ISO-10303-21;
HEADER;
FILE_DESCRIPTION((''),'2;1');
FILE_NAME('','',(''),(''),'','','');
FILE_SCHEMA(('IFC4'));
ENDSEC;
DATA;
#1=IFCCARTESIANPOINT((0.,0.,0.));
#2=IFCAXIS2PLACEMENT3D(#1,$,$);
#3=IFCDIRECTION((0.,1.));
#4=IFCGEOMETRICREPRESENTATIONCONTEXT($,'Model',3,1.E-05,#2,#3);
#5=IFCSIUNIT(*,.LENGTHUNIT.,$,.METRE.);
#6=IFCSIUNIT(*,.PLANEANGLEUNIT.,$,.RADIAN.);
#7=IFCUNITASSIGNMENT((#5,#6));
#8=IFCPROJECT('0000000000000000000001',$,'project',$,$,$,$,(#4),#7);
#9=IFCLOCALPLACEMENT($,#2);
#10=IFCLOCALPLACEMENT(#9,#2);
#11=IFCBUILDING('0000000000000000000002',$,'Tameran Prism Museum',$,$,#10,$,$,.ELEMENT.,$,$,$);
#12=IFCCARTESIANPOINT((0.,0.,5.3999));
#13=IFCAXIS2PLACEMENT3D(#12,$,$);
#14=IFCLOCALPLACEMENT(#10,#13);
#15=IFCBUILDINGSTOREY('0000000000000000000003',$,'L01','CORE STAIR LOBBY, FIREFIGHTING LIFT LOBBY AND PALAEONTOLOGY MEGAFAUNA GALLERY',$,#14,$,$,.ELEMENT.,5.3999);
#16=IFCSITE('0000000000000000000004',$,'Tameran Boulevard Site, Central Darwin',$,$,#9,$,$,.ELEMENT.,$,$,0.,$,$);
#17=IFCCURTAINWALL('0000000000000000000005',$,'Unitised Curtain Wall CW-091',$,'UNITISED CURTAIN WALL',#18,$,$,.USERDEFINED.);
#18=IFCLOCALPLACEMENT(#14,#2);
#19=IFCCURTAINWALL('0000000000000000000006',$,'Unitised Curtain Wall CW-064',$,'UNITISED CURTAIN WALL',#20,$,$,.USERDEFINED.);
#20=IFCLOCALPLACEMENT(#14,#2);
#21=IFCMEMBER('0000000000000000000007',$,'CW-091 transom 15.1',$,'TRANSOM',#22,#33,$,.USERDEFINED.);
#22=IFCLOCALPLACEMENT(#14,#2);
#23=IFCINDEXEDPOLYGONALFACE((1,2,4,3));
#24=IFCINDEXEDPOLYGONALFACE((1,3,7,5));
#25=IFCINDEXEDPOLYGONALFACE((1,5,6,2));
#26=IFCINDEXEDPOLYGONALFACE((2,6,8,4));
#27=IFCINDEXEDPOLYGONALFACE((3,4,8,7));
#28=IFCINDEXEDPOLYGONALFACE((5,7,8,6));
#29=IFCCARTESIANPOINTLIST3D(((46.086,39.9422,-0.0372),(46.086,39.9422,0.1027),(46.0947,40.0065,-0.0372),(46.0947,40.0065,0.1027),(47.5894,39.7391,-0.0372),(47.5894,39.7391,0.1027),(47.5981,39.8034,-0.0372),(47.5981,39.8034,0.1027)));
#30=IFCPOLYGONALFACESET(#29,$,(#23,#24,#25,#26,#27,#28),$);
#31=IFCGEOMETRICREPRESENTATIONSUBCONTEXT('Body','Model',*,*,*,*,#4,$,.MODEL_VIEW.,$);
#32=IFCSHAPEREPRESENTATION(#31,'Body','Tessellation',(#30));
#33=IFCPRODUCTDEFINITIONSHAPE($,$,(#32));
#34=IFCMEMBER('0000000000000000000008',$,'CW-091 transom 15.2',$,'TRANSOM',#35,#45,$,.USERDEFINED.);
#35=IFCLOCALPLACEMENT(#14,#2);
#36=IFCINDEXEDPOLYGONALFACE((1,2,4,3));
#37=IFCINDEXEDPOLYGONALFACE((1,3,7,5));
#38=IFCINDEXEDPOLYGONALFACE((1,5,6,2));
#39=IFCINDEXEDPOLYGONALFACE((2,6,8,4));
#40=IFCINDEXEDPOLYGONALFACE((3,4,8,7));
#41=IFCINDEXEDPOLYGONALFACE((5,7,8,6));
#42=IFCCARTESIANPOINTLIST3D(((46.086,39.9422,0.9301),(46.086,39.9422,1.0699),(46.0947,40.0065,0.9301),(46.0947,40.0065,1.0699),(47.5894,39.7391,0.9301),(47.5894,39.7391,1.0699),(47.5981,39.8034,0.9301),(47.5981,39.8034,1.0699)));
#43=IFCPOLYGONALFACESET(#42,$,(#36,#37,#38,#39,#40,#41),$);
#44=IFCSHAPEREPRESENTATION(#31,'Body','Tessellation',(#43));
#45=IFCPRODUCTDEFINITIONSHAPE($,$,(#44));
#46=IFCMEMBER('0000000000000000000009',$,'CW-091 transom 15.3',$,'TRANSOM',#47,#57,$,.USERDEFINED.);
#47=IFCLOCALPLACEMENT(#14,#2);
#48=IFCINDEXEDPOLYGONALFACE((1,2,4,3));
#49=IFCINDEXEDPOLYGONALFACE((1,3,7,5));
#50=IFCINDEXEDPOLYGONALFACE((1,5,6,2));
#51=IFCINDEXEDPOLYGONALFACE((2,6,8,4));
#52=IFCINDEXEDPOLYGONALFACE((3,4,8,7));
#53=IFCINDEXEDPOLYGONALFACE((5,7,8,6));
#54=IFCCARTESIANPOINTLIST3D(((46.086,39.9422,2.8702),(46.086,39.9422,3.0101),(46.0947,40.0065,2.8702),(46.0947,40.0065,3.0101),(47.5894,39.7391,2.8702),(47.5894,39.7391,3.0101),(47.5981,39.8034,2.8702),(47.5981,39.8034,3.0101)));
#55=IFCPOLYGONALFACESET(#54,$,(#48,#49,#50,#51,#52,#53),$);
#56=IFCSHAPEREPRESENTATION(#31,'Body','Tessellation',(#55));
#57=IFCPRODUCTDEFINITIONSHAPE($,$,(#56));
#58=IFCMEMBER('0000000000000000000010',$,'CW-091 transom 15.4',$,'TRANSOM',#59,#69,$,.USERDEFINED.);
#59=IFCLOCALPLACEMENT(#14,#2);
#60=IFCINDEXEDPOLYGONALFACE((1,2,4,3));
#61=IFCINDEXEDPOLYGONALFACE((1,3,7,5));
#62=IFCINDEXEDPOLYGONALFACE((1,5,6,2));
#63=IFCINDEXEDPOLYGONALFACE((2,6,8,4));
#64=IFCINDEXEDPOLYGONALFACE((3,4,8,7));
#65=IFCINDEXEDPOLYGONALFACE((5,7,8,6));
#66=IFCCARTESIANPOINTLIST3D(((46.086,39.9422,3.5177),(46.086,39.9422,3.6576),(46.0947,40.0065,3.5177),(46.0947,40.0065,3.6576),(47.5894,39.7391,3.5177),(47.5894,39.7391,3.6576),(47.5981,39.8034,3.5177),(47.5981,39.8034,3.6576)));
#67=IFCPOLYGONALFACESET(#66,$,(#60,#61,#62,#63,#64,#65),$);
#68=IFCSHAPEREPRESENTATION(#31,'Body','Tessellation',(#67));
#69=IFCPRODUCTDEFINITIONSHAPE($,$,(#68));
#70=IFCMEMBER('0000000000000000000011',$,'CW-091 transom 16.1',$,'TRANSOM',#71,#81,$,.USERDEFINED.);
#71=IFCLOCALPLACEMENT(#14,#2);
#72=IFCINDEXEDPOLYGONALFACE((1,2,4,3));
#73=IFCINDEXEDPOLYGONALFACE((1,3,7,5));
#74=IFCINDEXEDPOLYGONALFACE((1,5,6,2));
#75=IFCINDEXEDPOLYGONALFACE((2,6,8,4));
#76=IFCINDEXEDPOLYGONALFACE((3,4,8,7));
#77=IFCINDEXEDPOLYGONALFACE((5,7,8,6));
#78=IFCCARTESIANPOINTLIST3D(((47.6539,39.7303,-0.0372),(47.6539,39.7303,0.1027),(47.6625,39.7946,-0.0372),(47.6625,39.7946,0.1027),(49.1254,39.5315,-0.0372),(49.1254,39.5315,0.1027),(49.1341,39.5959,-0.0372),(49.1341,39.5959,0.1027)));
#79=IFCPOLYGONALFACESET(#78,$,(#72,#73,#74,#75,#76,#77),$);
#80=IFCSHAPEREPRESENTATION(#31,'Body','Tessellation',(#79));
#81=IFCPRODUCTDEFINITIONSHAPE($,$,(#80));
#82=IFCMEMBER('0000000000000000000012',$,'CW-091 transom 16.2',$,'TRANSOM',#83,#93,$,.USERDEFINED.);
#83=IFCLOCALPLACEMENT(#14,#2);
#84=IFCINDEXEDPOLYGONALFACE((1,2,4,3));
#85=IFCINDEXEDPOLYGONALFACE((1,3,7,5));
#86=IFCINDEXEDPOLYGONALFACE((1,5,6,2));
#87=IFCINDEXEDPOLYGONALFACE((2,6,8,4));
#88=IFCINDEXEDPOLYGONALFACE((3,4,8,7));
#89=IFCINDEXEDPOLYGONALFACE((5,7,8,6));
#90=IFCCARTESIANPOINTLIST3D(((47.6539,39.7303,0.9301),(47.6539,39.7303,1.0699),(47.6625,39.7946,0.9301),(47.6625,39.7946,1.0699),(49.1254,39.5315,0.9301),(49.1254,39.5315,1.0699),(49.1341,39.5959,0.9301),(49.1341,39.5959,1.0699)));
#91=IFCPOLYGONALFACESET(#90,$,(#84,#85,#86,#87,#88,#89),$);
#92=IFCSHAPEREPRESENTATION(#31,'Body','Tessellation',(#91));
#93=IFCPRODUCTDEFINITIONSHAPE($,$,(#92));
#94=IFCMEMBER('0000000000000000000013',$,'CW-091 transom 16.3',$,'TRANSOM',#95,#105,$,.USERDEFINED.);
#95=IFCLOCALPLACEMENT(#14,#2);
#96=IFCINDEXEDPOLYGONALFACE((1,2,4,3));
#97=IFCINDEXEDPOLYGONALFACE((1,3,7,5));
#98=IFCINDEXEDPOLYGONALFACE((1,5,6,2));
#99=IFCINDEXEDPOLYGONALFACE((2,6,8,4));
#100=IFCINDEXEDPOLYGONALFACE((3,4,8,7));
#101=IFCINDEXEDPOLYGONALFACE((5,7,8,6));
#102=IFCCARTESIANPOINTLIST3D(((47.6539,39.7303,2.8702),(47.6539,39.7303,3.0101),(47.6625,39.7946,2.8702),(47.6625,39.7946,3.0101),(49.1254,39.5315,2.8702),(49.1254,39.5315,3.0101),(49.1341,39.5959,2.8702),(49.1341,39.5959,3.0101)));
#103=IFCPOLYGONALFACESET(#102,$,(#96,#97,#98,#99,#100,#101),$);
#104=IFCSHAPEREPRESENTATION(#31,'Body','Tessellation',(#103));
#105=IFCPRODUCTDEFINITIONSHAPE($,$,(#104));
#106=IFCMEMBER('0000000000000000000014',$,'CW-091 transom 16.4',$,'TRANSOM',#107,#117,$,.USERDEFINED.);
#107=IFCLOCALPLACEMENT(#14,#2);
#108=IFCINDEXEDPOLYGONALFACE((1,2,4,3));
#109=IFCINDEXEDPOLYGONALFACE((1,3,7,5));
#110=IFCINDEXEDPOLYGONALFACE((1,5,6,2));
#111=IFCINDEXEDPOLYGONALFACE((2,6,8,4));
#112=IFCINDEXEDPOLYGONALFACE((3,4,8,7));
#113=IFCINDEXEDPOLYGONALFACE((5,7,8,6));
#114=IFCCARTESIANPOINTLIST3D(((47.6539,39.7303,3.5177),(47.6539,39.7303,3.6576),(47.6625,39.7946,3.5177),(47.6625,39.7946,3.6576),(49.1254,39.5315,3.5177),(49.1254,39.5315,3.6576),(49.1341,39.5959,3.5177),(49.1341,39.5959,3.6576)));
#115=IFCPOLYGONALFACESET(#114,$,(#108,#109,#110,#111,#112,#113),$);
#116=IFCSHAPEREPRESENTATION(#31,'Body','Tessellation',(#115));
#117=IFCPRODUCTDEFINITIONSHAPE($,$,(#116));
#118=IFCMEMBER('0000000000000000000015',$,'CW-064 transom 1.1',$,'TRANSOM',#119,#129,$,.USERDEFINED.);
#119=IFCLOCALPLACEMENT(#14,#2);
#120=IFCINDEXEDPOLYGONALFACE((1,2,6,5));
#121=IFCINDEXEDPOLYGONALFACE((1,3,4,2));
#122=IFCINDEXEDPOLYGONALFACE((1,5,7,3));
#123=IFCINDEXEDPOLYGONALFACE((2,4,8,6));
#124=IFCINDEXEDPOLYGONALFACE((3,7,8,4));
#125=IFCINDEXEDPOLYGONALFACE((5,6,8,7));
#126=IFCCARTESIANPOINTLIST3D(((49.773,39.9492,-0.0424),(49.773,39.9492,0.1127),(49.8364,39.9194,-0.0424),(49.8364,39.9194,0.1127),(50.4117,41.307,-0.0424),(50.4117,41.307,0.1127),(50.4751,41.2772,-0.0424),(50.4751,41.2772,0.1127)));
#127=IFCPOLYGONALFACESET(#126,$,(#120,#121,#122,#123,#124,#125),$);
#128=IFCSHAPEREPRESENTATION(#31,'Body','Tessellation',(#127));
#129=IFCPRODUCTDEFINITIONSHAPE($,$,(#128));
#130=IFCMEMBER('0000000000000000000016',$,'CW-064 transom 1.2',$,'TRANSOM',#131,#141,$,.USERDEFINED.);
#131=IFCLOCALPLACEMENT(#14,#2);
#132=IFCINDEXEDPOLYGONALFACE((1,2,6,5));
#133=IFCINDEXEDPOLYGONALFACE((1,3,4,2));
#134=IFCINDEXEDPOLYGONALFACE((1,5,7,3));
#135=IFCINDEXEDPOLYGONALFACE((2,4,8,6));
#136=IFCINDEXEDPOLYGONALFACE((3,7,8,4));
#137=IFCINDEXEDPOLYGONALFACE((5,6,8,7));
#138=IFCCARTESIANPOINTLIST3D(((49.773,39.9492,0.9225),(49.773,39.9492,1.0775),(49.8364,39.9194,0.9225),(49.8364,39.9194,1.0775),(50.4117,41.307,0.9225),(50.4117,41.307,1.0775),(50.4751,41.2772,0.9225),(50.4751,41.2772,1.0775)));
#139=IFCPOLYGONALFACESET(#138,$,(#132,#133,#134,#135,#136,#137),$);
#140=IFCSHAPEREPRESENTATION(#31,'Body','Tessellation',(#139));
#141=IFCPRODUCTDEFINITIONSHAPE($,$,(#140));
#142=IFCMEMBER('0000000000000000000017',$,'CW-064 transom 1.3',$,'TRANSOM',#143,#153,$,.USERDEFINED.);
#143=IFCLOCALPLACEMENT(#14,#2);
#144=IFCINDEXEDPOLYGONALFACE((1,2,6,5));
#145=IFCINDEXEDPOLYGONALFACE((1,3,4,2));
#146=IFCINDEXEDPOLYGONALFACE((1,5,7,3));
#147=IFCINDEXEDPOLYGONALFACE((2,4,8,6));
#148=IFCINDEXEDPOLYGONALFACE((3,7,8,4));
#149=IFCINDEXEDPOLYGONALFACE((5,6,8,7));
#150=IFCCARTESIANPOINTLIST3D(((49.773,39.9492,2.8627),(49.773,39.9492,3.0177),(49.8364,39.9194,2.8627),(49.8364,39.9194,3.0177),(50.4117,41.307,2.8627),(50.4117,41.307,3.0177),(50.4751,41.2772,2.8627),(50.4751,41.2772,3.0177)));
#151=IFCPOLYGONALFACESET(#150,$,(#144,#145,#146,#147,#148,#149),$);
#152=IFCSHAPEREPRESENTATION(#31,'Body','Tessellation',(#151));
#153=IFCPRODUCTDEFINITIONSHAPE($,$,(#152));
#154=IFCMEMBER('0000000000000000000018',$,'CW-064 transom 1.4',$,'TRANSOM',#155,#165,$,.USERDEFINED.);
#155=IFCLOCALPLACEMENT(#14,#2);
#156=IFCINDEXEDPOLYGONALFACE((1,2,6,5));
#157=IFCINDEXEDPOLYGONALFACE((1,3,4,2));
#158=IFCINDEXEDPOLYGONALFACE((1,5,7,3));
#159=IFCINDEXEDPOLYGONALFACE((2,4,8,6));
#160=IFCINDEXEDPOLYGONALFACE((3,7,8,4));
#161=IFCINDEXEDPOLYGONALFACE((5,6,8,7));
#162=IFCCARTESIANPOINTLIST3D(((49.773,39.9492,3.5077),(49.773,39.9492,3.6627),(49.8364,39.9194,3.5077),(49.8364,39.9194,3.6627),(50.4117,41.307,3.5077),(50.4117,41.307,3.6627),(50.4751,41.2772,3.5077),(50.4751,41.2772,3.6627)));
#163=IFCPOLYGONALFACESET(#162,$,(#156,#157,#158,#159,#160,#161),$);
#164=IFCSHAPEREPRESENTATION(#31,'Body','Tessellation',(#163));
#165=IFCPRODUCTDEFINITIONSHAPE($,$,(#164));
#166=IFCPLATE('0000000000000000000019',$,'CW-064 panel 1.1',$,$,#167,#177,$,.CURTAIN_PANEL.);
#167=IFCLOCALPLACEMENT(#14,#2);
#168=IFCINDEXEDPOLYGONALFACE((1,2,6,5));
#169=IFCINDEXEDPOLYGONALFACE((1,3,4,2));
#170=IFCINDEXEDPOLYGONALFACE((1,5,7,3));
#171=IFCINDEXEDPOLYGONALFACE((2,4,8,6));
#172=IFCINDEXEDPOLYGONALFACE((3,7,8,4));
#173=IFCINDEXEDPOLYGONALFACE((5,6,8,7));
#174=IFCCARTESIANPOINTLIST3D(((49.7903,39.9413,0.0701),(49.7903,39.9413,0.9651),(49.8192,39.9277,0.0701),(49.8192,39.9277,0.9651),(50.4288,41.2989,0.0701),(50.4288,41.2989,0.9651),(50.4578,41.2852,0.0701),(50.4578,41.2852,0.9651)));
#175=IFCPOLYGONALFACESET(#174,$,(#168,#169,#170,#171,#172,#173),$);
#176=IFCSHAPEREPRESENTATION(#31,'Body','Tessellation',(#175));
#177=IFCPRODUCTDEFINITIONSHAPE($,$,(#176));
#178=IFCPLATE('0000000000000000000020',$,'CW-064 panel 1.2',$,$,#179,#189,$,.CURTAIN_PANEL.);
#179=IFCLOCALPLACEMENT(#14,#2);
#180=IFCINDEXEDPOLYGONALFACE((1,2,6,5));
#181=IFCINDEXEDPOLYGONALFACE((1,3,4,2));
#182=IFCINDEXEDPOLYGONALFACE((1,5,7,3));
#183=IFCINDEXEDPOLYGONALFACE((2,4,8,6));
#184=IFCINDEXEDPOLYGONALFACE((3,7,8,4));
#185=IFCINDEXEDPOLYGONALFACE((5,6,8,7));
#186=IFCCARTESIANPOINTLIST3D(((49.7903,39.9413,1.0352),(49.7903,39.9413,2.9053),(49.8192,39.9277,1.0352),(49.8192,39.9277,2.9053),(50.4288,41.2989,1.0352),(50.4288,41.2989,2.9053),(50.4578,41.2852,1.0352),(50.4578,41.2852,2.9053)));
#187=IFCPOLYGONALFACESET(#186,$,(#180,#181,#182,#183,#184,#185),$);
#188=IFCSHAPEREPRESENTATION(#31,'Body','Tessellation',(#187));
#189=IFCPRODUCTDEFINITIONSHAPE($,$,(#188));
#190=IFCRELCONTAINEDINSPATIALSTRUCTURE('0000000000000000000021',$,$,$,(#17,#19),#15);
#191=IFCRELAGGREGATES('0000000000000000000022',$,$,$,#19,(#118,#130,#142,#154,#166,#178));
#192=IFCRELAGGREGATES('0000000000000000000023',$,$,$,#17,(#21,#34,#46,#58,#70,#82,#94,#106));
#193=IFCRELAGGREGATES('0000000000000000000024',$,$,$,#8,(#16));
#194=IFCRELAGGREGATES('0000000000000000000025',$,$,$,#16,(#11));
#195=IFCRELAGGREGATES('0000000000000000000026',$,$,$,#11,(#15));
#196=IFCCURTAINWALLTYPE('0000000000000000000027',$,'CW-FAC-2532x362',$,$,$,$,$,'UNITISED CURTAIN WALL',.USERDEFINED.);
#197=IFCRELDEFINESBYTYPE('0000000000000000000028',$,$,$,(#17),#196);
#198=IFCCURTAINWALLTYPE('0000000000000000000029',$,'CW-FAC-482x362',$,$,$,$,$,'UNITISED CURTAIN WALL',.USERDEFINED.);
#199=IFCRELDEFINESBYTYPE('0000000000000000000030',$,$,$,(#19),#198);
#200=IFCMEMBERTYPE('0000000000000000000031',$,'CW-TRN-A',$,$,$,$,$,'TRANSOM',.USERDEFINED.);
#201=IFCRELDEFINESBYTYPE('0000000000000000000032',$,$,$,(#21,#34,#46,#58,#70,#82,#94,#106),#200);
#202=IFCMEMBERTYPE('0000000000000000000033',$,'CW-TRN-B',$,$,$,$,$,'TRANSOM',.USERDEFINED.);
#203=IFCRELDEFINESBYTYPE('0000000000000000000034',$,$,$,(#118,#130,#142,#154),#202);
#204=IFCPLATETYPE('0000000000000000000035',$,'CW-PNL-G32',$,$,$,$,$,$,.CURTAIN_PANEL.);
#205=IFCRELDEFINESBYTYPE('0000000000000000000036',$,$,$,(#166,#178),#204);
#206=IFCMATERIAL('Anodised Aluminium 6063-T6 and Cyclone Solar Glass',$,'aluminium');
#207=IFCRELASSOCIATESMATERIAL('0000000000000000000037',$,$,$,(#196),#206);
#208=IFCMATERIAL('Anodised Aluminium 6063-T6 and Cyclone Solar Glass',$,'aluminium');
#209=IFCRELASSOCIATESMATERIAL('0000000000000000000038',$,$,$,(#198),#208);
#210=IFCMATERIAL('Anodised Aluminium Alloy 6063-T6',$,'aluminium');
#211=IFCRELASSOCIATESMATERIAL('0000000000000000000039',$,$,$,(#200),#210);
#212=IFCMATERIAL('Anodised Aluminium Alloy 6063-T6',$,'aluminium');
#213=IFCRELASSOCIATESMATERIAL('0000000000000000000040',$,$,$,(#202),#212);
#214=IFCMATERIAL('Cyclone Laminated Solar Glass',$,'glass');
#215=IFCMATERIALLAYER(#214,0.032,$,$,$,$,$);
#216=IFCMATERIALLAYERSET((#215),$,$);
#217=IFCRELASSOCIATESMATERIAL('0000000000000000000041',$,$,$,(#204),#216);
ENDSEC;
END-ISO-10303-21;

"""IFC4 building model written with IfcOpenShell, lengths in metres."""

from ifc_helpers import new_model, si_unit, direction, frame, origin, origin_2d, place, context, subcontext, project, spatial, rectangle, extrude, material, layer, layer_set, material_profile, profile_set, type_object, element, aggregate, save


model = new_model("IFC4")

# Units and contexts
model_context = context("Model", 3, precision=1e-05, world=origin(), true_north=direction((0.0, 1.0)))
body_context = subcontext(model_context, "Body", "Model", "MODEL_VIEW")
ifc_project = project(units=[si_unit("LENGTHUNIT", "METRE"), si_unit("PLANEANGLEUNIT", "RADIAN")], contexts=[model_context])

# Site, building, storey
site_placement = place(None, origin())
site = spatial("IfcSite", under=ifc_project, at=site_placement, Name="Tameran Boulevard Site, Central Darwin", CompositionType="ELEMENT", RefElevation=0.0)
building_placement = place(site_placement, origin())
building = spatial("IfcBuilding", under=site, at=building_placement, Name="Tameran Prism Museum", CompositionType="ELEMENT")
storey_placement = place(building_placement, frame((0.0, 0.0, 5.3999)))
storey = spatial("IfcBuildingStorey", under=building, at=storey_placement, Name="L01", Description="CORE STAIR LOBBY, FIREFIGHTING LIFT LOBBY AND PALAEONTOLOGY MEGAFAUNA GALLERY", CompositionType="ELEMENT", Elevation=5.3999)

# Curtain wall
ifc_material_1 = material(Name="Anodised Aluminium 6063-T6 and Cyclone Solar Glass", Category="aluminium")
curtain_wall_type_1 = type_object("IfcCurtainWallType", Name="CW-FAC-2532x362", ElementType="UNITISED CURTAIN WALL", PredefinedType="USERDEFINED", material=ifc_material_1)
curtain_wall_1_placement = place(storey_placement, origin())
curtain_wall_1 = element("IfcCurtainWall", 1, at=curtain_wall_1_placement, inside=storey, type_object=curtain_wall_type_1, Name="Unitised Curtain Wall CW-091", ObjectType="UNITISED CURTAIN WALL", PredefinedType="USERDEFINED")

# Curtain wall
ifc_material_2 = material(Name="Anodised Aluminium 6063-T6 and Cyclone Solar Glass", Category="aluminium")
curtain_wall_type_2 = type_object("IfcCurtainWallType", Name="CW-FAC-482x362", ElementType="UNITISED CURTAIN WALL", PredefinedType="USERDEFINED", material=ifc_material_2)
curtain_wall_2_placement = place(storey_placement, origin())
curtain_wall_2 = element("IfcCurtainWall", 2, at=curtain_wall_2_placement, inside=storey, type_object=curtain_wall_type_2, Name="Unitised Curtain Wall CW-064", ObjectType="UNITISED CURTAIN WALL", PredefinedType="USERDEFINED")

# Members
ifc_material_3 = material(Name="Anodised Aluminium Alloy 6063-T6", Category="aluminium")
ifc_material_profile_1 = material_profile(ifc_material_3, rectangle(XDim=0.0649, YDim=0.1399, at=origin_2d()))
ifc_profile_set_1 = profile_set([ifc_material_profile_1])
member_type_1 = type_object("IfcMemberType", Name="CW-TRN-A", ElementType="TRANSOM", PredefinedType="USERDEFINED", material=ifc_profile_set_1)
member_1_placement = place(storey_placement, frame((46.0903, 39.9744, 0.0327), z_axis=(0.990996, -0.133892, 0.0), x_axis=(0.133892, 0.990996, 0.0)))
member_1 = element("IfcMember", 3, at=member_1_placement, type_object=member_type_1, Name="CW-091 transom 15.1", ObjectType="TRANSOM", PredefinedType="USERDEFINED", context=body_context, shape_type="SweptSolid", body=[
    extrude(rectangle(XDim=0.0649, YDim=0.1399, at=origin_2d()), origin(), (0.0, 0.0, 1.0), 1.5171),
])
member_2_placement = place(storey_placement, frame((46.0903, 39.9744, 1.0), z_axis=(0.990996, -0.133892, 0.0), x_axis=(0.133892, 0.990996, 0.0)))
member_2 = element("IfcMember", 4, at=member_2_placement, type_object=member_type_1, Name="CW-091 transom 15.2", ObjectType="TRANSOM", PredefinedType="USERDEFINED", context=body_context, shape_type="SweptSolid", body=[
    extrude(rectangle(XDim=0.0649, YDim=0.1399, at=origin_2d()), origin(), (0.0, 0.0, 1.0), 1.5171),
])
member_3_placement = place(storey_placement, frame((46.0903, 39.9744, 2.9402), z_axis=(0.990996, -0.133892, 0.0), x_axis=(0.133892, 0.990996, 0.0)))
member_3 = element("IfcMember", 5, at=member_3_placement, type_object=member_type_1, Name="CW-091 transom 15.3", ObjectType="TRANSOM", PredefinedType="USERDEFINED", context=body_context, shape_type="SweptSolid", body=[
    extrude(rectangle(XDim=0.0649, YDim=0.1399, at=origin_2d()), origin(), (0.0, 0.0, 1.0), 1.5171),
])
member_4_placement = place(storey_placement, frame((46.0903, 39.9744, 3.5876), z_axis=(0.990996, -0.133892, 0.0), x_axis=(0.133892, 0.990996, 0.0)))
member_4 = element("IfcMember", 6, at=member_4_placement, type_object=member_type_1, Name="CW-091 transom 15.4", ObjectType="TRANSOM", PredefinedType="USERDEFINED", context=body_context, shape_type="SweptSolid", body=[
    extrude(rectangle(XDim=0.0649, YDim=0.1399, at=origin_2d()), origin(), (0.0, 0.0, 1.0), 1.5171),
])
member_5_placement = place(storey_placement, frame((47.6582, 39.7625, 0.0327), z_axis=(0.991002, -0.133844, 0.0), x_axis=(0.133844, 0.991002, 0.0)))
member_5 = element("IfcMember", 7, at=member_5_placement, type_object=member_type_1, Name="CW-091 transom 16.1", ObjectType="TRANSOM", PredefinedType="USERDEFINED", context=body_context, shape_type="SweptSolid", body=[
    extrude(rectangle(XDim=0.0649, YDim=0.1399, at=origin_2d()), origin(), (0.0, 0.0, 1.0), 1.4849),
])
member_6_placement = place(storey_placement, frame((47.6582, 39.7625, 1.0), z_axis=(0.991002, -0.133844, 0.0), x_axis=(0.133844, 0.991002, 0.0)))
member_6 = element("IfcMember", 8, at=member_6_placement, type_object=member_type_1, Name="CW-091 transom 16.2", ObjectType="TRANSOM", PredefinedType="USERDEFINED", context=body_context, shape_type="SweptSolid", body=[
    extrude(rectangle(XDim=0.0649, YDim=0.1399, at=origin_2d()), origin(), (0.0, 0.0, 1.0), 1.4849),
])
member_7_placement = place(storey_placement, frame((47.6582, 39.7625, 2.9402), z_axis=(0.991002, -0.133844, 0.0), x_axis=(0.133844, 0.991002, 0.0)))
member_7 = element("IfcMember", 9, at=member_7_placement, type_object=member_type_1, Name="CW-091 transom 16.3", ObjectType="TRANSOM", PredefinedType="USERDEFINED", context=body_context, shape_type="SweptSolid", body=[
    extrude(rectangle(XDim=0.0649, YDim=0.1399, at=origin_2d()), origin(), (0.0, 0.0, 1.0), 1.4849),
])
member_8_placement = place(storey_placement, frame((47.6582, 39.7625, 3.5876), z_axis=(0.991002, -0.133844, 0.0), x_axis=(0.133844, 0.991002, 0.0)))
member_8 = element("IfcMember", 10, at=member_8_placement, type_object=member_type_1, Name="CW-091 transom 16.4", ObjectType="TRANSOM", PredefinedType="USERDEFINED", context=body_context, shape_type="SweptSolid", body=[
    extrude(rectangle(XDim=0.0649, YDim=0.1399, at=origin_2d()), origin(), (0.0, 0.0, 1.0), 1.4849),
])
ifc_material_4 = material(Name="Anodised Aluminium Alloy 6063-T6", Category="aluminium")
ifc_material_profile_2 = material_profile(ifc_material_4, rectangle(XDim=0.0701, YDim=0.155, at=origin_2d()))
ifc_profile_set_2 = profile_set([ifc_material_profile_2])
member_type_2 = type_object("IfcMemberType", Name="CW-TRN-B", ElementType="TRANSOM", PredefinedType="USERDEFINED", material=ifc_profile_set_2)
member_9_placement = place(storey_placement, frame((49.8047, 39.9343, 0.0352), z_axis=(0.425672, 0.904878, 0.0), x_axis=(-0.904878, 0.425672, 0.0)))
member_9 = element("IfcMember", 11, at=member_9_placement, type_object=member_type_2, Name="CW-064 transom 1.1", ObjectType="TRANSOM", PredefinedType="USERDEFINED", context=body_context, shape_type="SweptSolid", body=[
    extrude(rectangle(XDim=0.0701, YDim=0.155, at=origin_2d()), origin(), (0.0, 0.0, 1.0), 1.5005),
])
member_10_placement = place(storey_placement, frame((49.8047, 39.9343, 1.0), z_axis=(0.425672, 0.904878, 0.0), x_axis=(-0.904878, 0.425672, 0.0)))
member_10 = element("IfcMember", 12, at=member_10_placement, type_object=member_type_2, Name="CW-064 transom 1.2", ObjectType="TRANSOM", PredefinedType="USERDEFINED", context=body_context, shape_type="SweptSolid", body=[
    extrude(rectangle(XDim=0.0701, YDim=0.155, at=origin_2d()), origin(), (0.0, 0.0, 1.0), 1.5005),
])
member_11_placement = place(storey_placement, frame((49.8047, 39.9343, 2.9402), z_axis=(0.425672, 0.904878, 0.0), x_axis=(-0.904878, 0.425672, 0.0)))
member_11 = element("IfcMember", 13, at=member_11_placement, type_object=member_type_2, Name="CW-064 transom 1.3", ObjectType="TRANSOM", PredefinedType="USERDEFINED", context=body_context, shape_type="SweptSolid", body=[
    extrude(rectangle(XDim=0.0701, YDim=0.155, at=origin_2d()), origin(), (0.0, 0.0, 1.0), 1.5005),
])
member_12_placement = place(storey_placement, frame((49.8047, 39.9343, 3.5852), z_axis=(0.425672, 0.904878, 0.0), x_axis=(-0.904878, 0.425672, 0.0)))
member_12 = element("IfcMember", 14, at=member_12_placement, type_object=member_type_2, Name="CW-064 transom 1.4", ObjectType="TRANSOM", PredefinedType="USERDEFINED", context=body_context, shape_type="SweptSolid", body=[
    extrude(rectangle(XDim=0.0701, YDim=0.155, at=origin_2d()), origin(), (0.0, 0.0, 1.0), 1.5005),
])

# Plates
ifc_material_5 = material(Name="Cyclone Laminated Solar Glass", Category="glass")
ifc_layer_1 = layer(ifc_material_5, 0.032)
ifc_layer_set_1 = layer_set([ifc_layer_1])
plate_type = type_object("IfcPlateType", Name="CW-PNL-G32", PredefinedType="CURTAIN_PANEL", material=ifc_layer_set_1)
plate_1_placement = place(storey_placement, frame((50.124, 40.6133, 0.0701), z_axis=(0.0, 0.0, 1.0), x_axis=(0.425657, 0.904885, 0.0)))
plate_1 = element("IfcPlate", 15, at=plate_1_placement, type_object=plate_type, Name="CW-064 panel 1.1", PredefinedType="CURTAIN_PANEL", context=body_context, shape_type="SweptSolid", body=[
    extrude(rectangle(XDim=1.5002, YDim=0.032, at=origin_2d()), origin(), (0.0, 0.0, 1.0), 0.895),
])
plate_2_placement = place(storey_placement, frame((50.124, 40.6133, 1.0352), z_axis=(0.0, 0.0, 1.0), x_axis=(0.425657, 0.904885, 0.0)))
plate_2 = element("IfcPlate", 16, at=plate_2_placement, type_object=plate_type, Name="CW-064 panel 1.2", PredefinedType="CURTAIN_PANEL", context=body_context, shape_type="SweptSolid", body=[
    extrude(rectangle(XDim=1.5002, YDim=0.032, at=origin_2d()), origin(), (0.0, 0.0, 1.0), 1.8701),
])
aggregate(curtain_wall_2, [member_9, member_10, member_11, member_12, plate_1, plate_2])
aggregate(curtain_wall_1, [member_1, member_2, member_3, member_4, member_5, member_6, member_7, member_8])

save(model, "model.ifc")
